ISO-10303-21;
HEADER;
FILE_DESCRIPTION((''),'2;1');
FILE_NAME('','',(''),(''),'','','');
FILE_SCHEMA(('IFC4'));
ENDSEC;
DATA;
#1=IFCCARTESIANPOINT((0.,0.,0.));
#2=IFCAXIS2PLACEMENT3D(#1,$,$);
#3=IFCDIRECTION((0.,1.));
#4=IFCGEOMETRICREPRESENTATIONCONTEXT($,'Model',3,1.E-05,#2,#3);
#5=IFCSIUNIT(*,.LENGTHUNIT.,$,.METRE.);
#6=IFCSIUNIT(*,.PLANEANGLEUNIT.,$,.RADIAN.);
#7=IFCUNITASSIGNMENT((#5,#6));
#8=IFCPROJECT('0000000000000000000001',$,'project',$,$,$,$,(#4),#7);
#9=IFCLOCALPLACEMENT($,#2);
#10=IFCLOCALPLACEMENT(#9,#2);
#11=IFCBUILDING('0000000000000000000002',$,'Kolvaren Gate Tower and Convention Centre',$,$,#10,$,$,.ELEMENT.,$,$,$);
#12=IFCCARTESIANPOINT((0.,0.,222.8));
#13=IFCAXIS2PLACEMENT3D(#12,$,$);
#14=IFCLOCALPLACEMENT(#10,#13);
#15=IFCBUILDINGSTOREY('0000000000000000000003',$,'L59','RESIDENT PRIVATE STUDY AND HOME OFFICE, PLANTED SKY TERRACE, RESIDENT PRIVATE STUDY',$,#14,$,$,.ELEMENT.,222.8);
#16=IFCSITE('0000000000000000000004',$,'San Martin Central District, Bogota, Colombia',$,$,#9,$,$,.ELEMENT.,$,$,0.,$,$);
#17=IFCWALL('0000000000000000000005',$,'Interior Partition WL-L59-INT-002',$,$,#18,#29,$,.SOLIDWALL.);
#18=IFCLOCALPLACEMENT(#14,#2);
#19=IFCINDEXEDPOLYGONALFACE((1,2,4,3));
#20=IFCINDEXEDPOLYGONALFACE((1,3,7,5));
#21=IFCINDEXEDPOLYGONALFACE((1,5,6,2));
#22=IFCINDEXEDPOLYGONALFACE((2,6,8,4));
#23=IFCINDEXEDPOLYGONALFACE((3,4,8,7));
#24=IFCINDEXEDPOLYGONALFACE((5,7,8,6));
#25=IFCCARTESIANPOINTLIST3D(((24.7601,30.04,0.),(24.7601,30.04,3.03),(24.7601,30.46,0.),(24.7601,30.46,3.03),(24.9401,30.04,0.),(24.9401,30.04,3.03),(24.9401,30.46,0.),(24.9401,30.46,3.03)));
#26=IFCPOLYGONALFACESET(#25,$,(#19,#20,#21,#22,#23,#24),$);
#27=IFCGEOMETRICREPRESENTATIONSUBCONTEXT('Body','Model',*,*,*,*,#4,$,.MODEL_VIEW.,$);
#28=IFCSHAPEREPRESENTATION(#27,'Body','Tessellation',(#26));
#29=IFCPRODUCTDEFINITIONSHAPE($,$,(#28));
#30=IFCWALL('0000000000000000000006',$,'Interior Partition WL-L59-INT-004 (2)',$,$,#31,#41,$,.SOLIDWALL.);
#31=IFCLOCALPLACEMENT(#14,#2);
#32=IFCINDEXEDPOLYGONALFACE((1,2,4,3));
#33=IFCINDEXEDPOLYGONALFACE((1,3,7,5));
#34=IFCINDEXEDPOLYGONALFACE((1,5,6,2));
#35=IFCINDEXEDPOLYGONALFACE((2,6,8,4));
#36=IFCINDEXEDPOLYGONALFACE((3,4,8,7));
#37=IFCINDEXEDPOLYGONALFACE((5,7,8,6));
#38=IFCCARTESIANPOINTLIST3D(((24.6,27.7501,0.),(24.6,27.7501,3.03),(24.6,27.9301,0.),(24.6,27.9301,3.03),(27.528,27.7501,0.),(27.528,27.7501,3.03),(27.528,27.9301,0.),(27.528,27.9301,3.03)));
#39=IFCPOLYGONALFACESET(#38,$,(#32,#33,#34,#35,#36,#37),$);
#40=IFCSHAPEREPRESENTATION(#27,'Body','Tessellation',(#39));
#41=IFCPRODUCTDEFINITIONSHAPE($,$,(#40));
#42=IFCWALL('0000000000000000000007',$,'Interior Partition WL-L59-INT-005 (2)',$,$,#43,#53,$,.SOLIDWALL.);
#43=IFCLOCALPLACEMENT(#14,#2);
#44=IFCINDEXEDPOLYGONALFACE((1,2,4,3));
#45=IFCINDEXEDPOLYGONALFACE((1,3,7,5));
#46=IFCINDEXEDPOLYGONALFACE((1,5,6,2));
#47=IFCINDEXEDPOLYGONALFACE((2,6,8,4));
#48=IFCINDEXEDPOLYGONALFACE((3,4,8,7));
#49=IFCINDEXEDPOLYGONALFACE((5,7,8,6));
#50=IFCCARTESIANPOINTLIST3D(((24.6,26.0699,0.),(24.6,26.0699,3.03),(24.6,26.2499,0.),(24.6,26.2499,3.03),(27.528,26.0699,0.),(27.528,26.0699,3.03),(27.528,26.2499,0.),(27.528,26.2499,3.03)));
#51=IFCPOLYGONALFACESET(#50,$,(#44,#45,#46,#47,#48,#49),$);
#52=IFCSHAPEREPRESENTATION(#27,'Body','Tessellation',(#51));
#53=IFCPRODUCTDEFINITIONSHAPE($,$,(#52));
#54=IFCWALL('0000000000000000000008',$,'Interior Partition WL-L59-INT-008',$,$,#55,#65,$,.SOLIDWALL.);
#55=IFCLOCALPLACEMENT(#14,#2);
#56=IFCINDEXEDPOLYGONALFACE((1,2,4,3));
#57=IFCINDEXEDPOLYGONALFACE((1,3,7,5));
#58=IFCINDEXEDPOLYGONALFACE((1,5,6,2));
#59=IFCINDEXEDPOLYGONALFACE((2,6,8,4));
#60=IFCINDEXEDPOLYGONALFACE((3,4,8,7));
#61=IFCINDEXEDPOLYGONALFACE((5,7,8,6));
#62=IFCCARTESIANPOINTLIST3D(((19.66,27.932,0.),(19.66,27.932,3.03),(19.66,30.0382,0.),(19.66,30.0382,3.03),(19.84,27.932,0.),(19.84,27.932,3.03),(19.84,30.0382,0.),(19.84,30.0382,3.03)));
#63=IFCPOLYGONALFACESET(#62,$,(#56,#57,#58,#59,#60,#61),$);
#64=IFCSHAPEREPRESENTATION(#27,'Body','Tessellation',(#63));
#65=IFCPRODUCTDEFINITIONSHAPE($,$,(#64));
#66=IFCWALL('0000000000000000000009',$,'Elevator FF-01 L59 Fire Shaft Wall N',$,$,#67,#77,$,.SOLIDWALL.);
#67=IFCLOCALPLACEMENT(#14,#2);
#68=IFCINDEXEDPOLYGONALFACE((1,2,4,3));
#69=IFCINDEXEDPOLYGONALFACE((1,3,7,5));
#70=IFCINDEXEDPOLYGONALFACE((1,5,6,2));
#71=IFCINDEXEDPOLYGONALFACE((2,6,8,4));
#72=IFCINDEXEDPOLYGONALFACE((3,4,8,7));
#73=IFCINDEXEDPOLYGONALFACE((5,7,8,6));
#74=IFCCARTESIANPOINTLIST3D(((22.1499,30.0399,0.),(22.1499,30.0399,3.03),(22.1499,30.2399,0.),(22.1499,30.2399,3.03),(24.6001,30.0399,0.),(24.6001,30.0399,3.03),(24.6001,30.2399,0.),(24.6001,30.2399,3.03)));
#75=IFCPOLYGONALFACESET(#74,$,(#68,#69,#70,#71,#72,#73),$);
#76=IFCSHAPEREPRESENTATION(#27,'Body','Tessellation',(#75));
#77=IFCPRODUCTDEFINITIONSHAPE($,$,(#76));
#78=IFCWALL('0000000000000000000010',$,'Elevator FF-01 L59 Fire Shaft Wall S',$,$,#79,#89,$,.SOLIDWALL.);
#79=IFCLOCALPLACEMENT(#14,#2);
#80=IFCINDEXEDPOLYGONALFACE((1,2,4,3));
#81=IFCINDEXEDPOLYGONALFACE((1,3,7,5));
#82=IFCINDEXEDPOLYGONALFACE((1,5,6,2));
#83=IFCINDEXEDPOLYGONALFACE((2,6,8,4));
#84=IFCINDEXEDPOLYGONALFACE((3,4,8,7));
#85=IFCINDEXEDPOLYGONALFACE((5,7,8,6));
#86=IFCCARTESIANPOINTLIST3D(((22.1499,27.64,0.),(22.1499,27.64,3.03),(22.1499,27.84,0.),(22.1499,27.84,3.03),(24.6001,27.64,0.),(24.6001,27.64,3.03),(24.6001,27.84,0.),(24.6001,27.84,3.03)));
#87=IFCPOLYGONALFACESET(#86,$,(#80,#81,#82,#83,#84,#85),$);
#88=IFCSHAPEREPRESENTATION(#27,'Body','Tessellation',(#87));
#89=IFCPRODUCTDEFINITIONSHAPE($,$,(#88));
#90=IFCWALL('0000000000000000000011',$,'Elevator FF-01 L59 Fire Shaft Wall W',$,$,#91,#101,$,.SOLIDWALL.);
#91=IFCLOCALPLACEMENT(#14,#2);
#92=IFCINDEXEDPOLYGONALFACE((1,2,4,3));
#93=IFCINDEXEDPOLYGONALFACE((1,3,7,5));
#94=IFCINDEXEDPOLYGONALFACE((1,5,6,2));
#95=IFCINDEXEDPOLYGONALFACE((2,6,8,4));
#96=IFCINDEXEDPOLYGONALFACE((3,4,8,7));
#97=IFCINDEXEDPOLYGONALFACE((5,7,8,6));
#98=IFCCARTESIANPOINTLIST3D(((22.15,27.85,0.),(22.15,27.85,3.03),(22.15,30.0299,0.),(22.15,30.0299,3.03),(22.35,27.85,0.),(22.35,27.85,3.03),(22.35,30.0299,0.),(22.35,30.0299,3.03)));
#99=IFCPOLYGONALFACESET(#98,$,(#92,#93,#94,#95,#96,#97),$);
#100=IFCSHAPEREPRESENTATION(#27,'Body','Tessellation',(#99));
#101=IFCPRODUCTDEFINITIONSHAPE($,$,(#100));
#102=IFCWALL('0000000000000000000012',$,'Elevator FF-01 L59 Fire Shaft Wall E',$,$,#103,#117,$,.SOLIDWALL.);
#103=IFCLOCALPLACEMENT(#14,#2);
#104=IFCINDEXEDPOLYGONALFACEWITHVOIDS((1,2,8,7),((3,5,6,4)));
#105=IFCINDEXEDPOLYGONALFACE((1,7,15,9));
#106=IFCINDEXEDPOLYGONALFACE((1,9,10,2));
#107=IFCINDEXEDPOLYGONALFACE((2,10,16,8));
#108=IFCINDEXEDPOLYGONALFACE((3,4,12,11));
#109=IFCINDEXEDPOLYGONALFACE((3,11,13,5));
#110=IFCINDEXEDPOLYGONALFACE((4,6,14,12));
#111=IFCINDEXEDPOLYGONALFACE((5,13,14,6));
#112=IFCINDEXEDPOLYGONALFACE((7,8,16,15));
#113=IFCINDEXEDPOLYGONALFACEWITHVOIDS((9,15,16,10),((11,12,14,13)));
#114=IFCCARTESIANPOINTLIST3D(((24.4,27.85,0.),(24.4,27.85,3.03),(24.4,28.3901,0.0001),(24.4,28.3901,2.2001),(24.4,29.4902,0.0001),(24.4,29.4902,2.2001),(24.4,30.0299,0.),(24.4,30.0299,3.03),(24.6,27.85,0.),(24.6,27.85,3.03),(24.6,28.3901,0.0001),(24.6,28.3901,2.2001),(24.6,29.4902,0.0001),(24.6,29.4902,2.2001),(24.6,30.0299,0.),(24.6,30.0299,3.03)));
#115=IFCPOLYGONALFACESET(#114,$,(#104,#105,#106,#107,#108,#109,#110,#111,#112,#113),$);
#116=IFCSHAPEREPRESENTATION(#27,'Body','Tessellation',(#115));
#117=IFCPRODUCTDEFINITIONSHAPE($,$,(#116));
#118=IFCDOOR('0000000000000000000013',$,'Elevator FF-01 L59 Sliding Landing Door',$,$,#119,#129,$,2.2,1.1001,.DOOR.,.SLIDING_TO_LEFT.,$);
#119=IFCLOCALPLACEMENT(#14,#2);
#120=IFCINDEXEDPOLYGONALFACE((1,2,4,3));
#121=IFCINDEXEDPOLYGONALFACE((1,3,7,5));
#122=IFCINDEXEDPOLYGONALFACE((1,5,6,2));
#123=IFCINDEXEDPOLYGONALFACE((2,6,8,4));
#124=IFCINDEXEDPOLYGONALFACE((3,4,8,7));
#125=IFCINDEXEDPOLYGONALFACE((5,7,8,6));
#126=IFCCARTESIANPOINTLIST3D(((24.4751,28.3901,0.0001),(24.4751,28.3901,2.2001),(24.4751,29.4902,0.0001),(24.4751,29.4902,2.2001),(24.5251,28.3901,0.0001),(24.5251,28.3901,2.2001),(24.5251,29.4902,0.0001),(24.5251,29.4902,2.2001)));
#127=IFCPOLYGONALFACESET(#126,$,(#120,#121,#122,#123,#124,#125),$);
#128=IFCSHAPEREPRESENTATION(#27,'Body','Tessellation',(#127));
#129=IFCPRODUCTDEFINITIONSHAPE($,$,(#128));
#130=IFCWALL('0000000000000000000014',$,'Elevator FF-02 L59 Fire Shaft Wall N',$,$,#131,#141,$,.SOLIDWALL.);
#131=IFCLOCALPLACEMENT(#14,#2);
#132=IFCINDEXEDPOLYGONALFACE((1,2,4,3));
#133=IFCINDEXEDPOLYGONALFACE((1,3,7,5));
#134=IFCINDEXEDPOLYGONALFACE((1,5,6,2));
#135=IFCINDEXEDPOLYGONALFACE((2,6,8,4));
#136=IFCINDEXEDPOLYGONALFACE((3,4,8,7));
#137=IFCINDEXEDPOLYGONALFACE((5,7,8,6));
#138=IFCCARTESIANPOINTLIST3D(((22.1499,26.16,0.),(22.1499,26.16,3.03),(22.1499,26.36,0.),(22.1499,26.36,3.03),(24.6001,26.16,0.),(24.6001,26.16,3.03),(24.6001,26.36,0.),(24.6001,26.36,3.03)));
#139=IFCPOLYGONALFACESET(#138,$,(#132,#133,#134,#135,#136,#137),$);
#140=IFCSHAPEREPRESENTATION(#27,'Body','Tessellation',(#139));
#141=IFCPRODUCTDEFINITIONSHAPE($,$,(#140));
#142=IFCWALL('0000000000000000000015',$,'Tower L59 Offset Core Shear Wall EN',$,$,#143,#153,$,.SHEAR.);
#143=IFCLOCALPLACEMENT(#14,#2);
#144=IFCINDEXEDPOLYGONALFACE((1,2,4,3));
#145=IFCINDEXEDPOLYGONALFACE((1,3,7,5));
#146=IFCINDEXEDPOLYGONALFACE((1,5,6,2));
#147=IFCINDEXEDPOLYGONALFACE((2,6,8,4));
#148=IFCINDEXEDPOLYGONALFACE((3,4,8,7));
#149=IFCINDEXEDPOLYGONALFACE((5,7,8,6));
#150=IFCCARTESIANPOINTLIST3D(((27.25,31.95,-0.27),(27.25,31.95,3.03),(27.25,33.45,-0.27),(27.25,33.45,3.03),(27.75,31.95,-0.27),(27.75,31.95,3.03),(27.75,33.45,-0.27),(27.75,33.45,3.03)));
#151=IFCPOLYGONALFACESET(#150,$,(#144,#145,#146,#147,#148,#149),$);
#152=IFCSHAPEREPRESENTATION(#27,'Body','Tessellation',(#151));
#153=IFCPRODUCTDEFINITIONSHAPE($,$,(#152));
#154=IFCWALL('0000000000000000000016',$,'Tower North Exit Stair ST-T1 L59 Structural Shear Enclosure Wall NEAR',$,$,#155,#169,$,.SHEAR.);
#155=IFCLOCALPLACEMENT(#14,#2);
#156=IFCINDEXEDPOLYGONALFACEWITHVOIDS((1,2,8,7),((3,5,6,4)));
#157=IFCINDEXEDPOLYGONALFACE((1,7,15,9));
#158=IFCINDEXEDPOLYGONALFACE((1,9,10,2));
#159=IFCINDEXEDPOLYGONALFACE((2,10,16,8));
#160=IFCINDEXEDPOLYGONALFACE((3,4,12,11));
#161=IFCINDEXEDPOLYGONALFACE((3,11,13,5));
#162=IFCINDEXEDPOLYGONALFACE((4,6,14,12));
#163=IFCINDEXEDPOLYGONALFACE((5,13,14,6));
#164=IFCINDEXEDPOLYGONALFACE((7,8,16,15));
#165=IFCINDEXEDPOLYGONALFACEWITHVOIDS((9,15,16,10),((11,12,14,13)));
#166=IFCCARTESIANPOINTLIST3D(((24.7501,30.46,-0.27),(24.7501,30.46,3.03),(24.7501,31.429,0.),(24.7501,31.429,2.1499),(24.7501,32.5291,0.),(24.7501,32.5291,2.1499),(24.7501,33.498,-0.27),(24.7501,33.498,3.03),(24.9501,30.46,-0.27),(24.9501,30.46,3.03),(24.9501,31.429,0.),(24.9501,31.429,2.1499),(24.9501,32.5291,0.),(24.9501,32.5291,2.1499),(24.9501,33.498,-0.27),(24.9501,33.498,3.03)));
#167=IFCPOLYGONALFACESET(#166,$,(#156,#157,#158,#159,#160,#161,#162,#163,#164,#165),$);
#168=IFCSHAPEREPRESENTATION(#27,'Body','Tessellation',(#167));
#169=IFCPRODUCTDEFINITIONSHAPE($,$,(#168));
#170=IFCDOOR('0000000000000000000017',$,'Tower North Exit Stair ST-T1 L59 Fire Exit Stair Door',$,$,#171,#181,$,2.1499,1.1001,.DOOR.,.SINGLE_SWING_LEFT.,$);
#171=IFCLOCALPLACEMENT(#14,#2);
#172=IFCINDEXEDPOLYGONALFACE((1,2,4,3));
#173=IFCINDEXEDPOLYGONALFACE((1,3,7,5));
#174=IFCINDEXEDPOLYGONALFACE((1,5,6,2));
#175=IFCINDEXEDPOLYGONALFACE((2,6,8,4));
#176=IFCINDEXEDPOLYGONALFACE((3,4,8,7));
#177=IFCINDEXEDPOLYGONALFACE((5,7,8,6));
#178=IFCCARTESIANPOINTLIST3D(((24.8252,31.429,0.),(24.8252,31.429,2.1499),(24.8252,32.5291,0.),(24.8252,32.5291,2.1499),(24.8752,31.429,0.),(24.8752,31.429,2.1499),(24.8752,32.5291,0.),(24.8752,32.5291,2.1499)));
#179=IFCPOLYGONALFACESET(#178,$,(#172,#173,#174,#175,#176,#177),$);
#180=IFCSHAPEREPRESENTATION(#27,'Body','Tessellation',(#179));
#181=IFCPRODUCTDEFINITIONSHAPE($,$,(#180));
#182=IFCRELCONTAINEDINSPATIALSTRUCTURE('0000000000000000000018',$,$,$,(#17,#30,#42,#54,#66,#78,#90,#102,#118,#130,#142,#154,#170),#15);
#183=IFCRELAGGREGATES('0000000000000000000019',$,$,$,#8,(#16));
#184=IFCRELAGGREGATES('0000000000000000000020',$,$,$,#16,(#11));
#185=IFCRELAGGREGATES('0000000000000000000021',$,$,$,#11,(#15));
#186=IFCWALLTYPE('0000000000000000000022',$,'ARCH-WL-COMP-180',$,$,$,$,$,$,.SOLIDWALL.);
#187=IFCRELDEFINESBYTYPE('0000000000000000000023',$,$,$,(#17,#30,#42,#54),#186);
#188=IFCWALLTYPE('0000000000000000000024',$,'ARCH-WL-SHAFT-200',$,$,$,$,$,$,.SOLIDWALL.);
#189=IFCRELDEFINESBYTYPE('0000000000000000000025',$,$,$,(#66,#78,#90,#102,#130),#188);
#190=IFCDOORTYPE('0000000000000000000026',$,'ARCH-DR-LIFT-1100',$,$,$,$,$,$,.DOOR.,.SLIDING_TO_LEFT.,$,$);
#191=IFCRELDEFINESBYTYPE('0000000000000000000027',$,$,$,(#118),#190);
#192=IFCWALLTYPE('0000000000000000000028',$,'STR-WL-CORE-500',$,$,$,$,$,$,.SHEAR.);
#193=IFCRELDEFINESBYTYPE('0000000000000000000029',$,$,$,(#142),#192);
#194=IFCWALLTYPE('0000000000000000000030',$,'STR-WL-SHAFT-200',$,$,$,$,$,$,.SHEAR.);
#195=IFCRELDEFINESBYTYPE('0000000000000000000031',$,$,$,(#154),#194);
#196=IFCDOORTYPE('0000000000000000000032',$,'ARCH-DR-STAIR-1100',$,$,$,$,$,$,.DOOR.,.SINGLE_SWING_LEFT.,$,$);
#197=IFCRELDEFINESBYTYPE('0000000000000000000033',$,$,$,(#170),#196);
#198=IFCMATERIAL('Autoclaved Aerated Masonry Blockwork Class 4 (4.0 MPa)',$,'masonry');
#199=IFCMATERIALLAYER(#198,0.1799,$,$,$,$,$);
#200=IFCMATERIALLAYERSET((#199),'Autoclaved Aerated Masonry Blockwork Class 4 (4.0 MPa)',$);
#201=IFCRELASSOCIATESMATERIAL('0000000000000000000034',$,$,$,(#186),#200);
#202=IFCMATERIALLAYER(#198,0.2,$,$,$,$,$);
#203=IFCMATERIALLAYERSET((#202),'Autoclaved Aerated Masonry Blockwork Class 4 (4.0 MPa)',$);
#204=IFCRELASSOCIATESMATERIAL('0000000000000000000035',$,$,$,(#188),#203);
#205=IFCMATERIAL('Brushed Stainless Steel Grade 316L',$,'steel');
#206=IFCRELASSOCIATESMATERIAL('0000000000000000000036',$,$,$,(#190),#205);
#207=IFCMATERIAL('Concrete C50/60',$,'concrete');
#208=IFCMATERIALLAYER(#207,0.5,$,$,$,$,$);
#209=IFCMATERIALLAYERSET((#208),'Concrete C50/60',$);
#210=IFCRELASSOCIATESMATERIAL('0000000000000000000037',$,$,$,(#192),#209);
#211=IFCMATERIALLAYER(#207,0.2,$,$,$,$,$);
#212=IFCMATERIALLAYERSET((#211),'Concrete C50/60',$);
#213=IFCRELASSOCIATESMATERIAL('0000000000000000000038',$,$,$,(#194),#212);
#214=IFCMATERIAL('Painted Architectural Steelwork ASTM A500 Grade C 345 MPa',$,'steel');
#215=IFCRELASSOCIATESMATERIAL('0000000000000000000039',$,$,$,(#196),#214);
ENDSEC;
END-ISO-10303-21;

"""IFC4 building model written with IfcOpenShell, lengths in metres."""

from ifc_helpers import new_model, si_unit, direction, frame, frame_2d, origin, place, context, subcontext, project, spatial, rectangle, extrude, material, layer, layer_set, type_object, element, fill, save


model = new_model("IFC4")

# Units and contexts
model_context = context("Model", 3, precision=1e-05, world=origin(), true_north=direction((0.0, 1.0)))
body_context = subcontext(model_context, "Body", "Model", "MODEL_VIEW")
ifc_project = project(units=[si_unit("LENGTHUNIT", "METRE"), si_unit("PLANEANGLEUNIT", "RADIAN")], contexts=[model_context])

# Site, building, storey
site_placement = place(None, origin())
site = spatial("IfcSite", under=ifc_project, at=site_placement, Name="San Martin Central District, Bogota, Colombia", CompositionType="ELEMENT", RefElevation=0.0)
building_placement = place(site_placement, origin())
building = spatial("IfcBuilding", under=site, at=building_placement, Name="Kolvaren Gate Tower and Convention Centre", CompositionType="ELEMENT")
storey_placement = place(building_placement, frame((0.0, 0.0, 222.8)))
storey = spatial("IfcBuildingStorey", under=building, at=storey_placement, Name="L59", Description="RESIDENT PRIVATE STUDY AND HOME OFFICE, PLANTED SKY TERRACE, RESIDENT PRIVATE STUDY", CompositionType="ELEMENT", Elevation=222.8)

# Walls
ifc_material_1 = material(Name="Autoclaved Aerated Masonry Blockwork Class 4 (4.0 MPa)", Category="masonry")
ifc_layer_1 = layer(ifc_material_1, 0.1799)
ifc_layer_set_1 = layer_set([ifc_layer_1], Name="Autoclaved Aerated Masonry Blockwork Class 4 (4.0 MPa)")
wall_type_1 = type_object("IfcWallType", Name="ARCH-WL-COMP-180", PredefinedType="SOLIDWALL", material=ifc_layer_set_1)
wall_1_placement = place(storey_placement, frame((24.8501, 30.04, 0.0), z_axis=(0.0, 0.0, 1.0), x_axis=(0.0, 1.0, 0.0)))
element("IfcWall", 1, at=wall_1_placement, inside=storey, type_object=wall_type_1, Name="Interior Partition WL-L59-INT-002", PredefinedType="SOLIDWALL", context=body_context, shape_type="SweptSolid", body=[
    extrude(rectangle(XDim=0.4199, YDim=0.1799, at=frame_2d((0.21, 0.0))), origin(), (0.0, 0.0, 1.0), 3.03),
])
for number, where, z_axis, x_axis, name in (
    (2, (24.6001, 27.8401, 0.0), (0.0, 0.0, 1.0), (1.0, 0.0, 0.0), "Interior Partition WL-L59-INT-004 (2)"),
    (3, (24.6001, 26.1599, 0.0), (0.0, 0.0, 1.0), (1.0, 0.0, 0.0), "Interior Partition WL-L59-INT-005 (2)"),
):
    element("IfcWall", number, at=place(storey_placement, frame(where, z_axis=z_axis, x_axis=x_axis)), inside=storey, type_object=wall_type_1, Name=name, PredefinedType="SOLIDWALL", context=body_context, shape_type="SweptSolid", body=[
        extrude(rectangle(XDim=2.928, YDim=0.1799, at=frame_2d((1.4639, 0.0))), origin(), (0.0, 0.0, 1.0), 3.03),
    ])
wall_2_placement = place(storey_placement, frame((19.75, 27.9319, 0.0), z_axis=(0.0, 0.0, 1.0), x_axis=(0.0, 1.0, 0.0)))
element("IfcWall", 4, at=wall_2_placement, inside=storey, type_object=wall_type_1, Name="Interior Partition WL-L59-INT-008", PredefinedType="SOLIDWALL", context=body_context, shape_type="SweptSolid", body=[
    extrude(rectangle(XDim=2.1062, YDim=0.1799, at=frame_2d((1.0532, 0.0))), origin(), (0.0, 0.0, 1.0), 3.03),
])
ifc_layer_2 = layer(ifc_material_1, 0.2)
ifc_layer_set_2 = layer_set([ifc_layer_2], Name="Autoclaved Aerated Masonry Blockwork Class 4 (4.0 MPa)")
wall_type_2 = type_object("IfcWallType", Name="ARCH-WL-SHAFT-200", PredefinedType="SOLIDWALL", material=ifc_layer_set_2)
for number, where, z_axis, x_axis, name in (
    (5, (22.1499, 30.1399, 0.0), (0.0, 0.0, 1.0), (1.0, 0.0, 0.0), "Elevator FF-01 L59 Fire Shaft Wall N"),
    (6, (22.1499, 27.74, 0.0), (0.0, 0.0, 1.0), (1.0, 0.0, 0.0), "Elevator FF-01 L59 Fire Shaft Wall S"),
):
    element("IfcWall", number, at=place(storey_placement, frame(where, z_axis=z_axis, x_axis=x_axis)), inside=storey, type_object=wall_type_2, Name=name, PredefinedType="SOLIDWALL", context=body_context, shape_type="SweptSolid", body=[
        extrude(rectangle(XDim=2.4502, YDim=0.2, at=frame_2d((1.2251, 0.0))), origin(), (0.0, 0.0, 1.0), 3.03),
    ])
wall_3_placement = place(storey_placement, frame((22.25, 27.8501, 0.0), z_axis=(0.0, 0.0, 1.0), x_axis=(0.0, 1.0, 0.0)))
element("IfcWall", 7, at=wall_3_placement, inside=storey, type_object=wall_type_2, Name="Elevator FF-01 L59 Fire Shaft Wall W", PredefinedType="SOLIDWALL", context=body_context, shape_type="SweptSolid", body=[
    extrude(rectangle(XDim=2.1799, YDim=0.2, at=frame_2d((1.0898, 0.0))), origin(), (0.0, 0.0, 1.0), 3.03),
])

# Wall, opening, door
wall_4_placement = place(storey_placement, frame((24.5, 27.8501, 0.0), z_axis=(0.0, 0.0, 1.0), x_axis=(0.0, 1.0, 0.0)))
wall_4 = element("IfcWall", 8, at=wall_4_placement, inside=storey, type_object=wall_type_2, Name="Elevator FF-01 L59 Fire Shaft Wall E", PredefinedType="SOLIDWALL", context=body_context, shape_type="SweptSolid", body=[
    extrude(rectangle(XDim=2.1799, YDim=0.2, at=frame_2d((1.0898, 0.0))), origin(), (0.0, 0.0, 1.0), 3.03),
])
opening_1_placement = place(wall_4_placement, frame((0.54, 0.0, 0.0)))
opening_1 = element("IfcOpeningElement", 9, at=opening_1_placement, cuts=wall_4, PredefinedType="OPENING", context=body_context, shape_type="SweptSolid", body=[
    extrude(rectangle(XDim=1.1001, YDim=2.2, at=frame_2d((0.55, 1.1001))), frame((0.0, 0.1099, 0.0), z_axis=(0.0, -1.0, 0.0), x_axis=(1.0, 0.0, 0.0)), (0.0, 0.0, 1.0), 0.22),
])
ifc_material_2 = material(Name="Brushed Stainless Steel Grade 316L", Category="steel")
door_type_1 = type_object("IfcDoorType", Name="ARCH-DR-LIFT-1100", OperationType="SLIDING_TO_LEFT", PredefinedType="DOOR", material=ifc_material_2)
door_1_placement = place(opening_1_placement, origin())
door_1 = element("IfcDoor", 10, at=door_1_placement, inside=storey, type_object=door_type_1, Name="Elevator FF-01 L59 Sliding Landing Door", OperationType="SLIDING_TO_LEFT", OverallHeight=2.2, OverallWidth=1.1001, PredefinedType="DOOR", context=body_context, shape_type="SweptSolid", body=[
    extrude(rectangle(XDim=1.1001, YDim=2.2, at=frame_2d((0.55, 1.1001))), frame((0.0, 0.0249, 0.0), z_axis=(0.0, -1.0, 0.0), x_axis=(1.0, 0.0, 0.0)), (0.0, 0.0, 1.0), 0.05),
])
fill(opening_1, door_1)

# Walls
wall_5_placement = place(storey_placement, frame((22.1499, 26.26, 0.0), z_axis=(0.0, 0.0, 1.0), x_axis=(1.0, 0.0, 0.0)))
element("IfcWall", 11, at=wall_5_placement, inside=storey, type_object=wall_type_2, Name="Elevator FF-02 L59 Fire Shaft Wall N", PredefinedType="SOLIDWALL", context=body_context, shape_type="SweptSolid", body=[
    extrude(rectangle(XDim=2.4502, YDim=0.2, at=frame_2d((1.2251, 0.0))), origin(), (0.0, 0.0, 1.0), 3.03),
])
ifc_material_3 = material(Name="Concrete C50/60", Category="concrete")
ifc_layer_3 = layer(ifc_material_3, 0.5)
ifc_layer_set_3 = layer_set([ifc_layer_3], Name="Concrete C50/60")
wall_type_3 = type_object("IfcWallType", Name="STR-WL-CORE-500", PredefinedType="SHEAR", material=ifc_layer_set_3)
wall_6_placement = place(storey_placement, frame((27.5, 31.95, -0.27), z_axis=(0.0, 0.0, 1.0), x_axis=(0.0, 1.0, 0.0)))
element("IfcWall", 12, at=wall_6_placement, inside=storey, type_object=wall_type_3, Name="Tower L59 Offset Core Shear Wall EN", PredefinedType="SHEAR", context=body_context, shape_type="SweptSolid", body=[
    extrude(rectangle(XDim=1.5, YDim=0.5, at=frame_2d((0.75, 0.0))), origin(), (0.0, 0.0, 1.0), 3.3),
])

# Wall, opening, door
ifc_layer_4 = layer(ifc_material_3, 0.2)
ifc_layer_set_4 = layer_set([ifc_layer_4], Name="Concrete C50/60")
wall_type_4 = type_object("IfcWallType", Name="STR-WL-SHAFT-200", PredefinedType="SHEAR", material=ifc_layer_set_4)
wall_7_placement = place(storey_placement, frame((24.8501, 30.46, -0.27), z_axis=(0.0, 0.0, 1.0), x_axis=(0.0, 1.0, 0.0)))
wall_7 = element("IfcWall", 13, at=wall_7_placement, inside=storey, type_object=wall_type_4, Name="Tower North Exit Stair ST-T1 L59 Structural Shear Enclosure Wall NEAR", PredefinedType="SHEAR", context=body_context, shape_type="SweptSolid", body=[
    extrude(rectangle(XDim=3.0381, YDim=0.2, at=frame_2d((1.519, 0.0))), origin(), (0.0, 0.0, 1.0), 3.3),
])
opening_2_placement = place(wall_7_placement, frame((0.969, 0.0, 0.27)))
opening_2 = element("IfcOpeningElement", 14, at=opening_2_placement, cuts=wall_7, PredefinedType="OPENING", context=body_context, shape_type="SweptSolid", body=[
    extrude(rectangle(XDim=1.1001, YDim=2.1499, at=frame_2d((0.55, 1.075))), frame((0.0, 0.1099, 0.0), z_axis=(0.0, -1.0, 0.0), x_axis=(1.0, 0.0, 0.0)), (0.0, 0.0, 1.0), 0.22),
])
ifc_material_4 = material(Name="Painted Architectural Steelwork ASTM A500 Grade C 345 MPa", Category="steel")
door_type_2 = type_object("IfcDoorType", Name="ARCH-DR-STAIR-1100", OperationType="SINGLE_SWING_LEFT", PredefinedType="DOOR", material=ifc_material_4)
door_2_placement = place(opening_2_placement, origin())
door_2 = element("IfcDoor", 15, at=door_2_placement, inside=storey, type_object=door_type_2, Name="Tower North Exit Stair ST-T1 L59 Fire Exit Stair Door", OperationType="SINGLE_SWING_LEFT", OverallHeight=2.1499, OverallWidth=1.1001, PredefinedType="DOOR", context=body_context, shape_type="SweptSolid", body=[
    extrude(rectangle(XDim=1.1001, YDim=2.1499, at=frame_2d((0.55, 1.075))), frame((0.0, 0.0249, 0.0), z_axis=(0.0, -1.0, 0.0), x_axis=(1.0, 0.0, 0.0)), (0.0, 0.0, 1.0), 0.05),
])
fill(opening_2, door_2)

save(model, "model.ifc")
